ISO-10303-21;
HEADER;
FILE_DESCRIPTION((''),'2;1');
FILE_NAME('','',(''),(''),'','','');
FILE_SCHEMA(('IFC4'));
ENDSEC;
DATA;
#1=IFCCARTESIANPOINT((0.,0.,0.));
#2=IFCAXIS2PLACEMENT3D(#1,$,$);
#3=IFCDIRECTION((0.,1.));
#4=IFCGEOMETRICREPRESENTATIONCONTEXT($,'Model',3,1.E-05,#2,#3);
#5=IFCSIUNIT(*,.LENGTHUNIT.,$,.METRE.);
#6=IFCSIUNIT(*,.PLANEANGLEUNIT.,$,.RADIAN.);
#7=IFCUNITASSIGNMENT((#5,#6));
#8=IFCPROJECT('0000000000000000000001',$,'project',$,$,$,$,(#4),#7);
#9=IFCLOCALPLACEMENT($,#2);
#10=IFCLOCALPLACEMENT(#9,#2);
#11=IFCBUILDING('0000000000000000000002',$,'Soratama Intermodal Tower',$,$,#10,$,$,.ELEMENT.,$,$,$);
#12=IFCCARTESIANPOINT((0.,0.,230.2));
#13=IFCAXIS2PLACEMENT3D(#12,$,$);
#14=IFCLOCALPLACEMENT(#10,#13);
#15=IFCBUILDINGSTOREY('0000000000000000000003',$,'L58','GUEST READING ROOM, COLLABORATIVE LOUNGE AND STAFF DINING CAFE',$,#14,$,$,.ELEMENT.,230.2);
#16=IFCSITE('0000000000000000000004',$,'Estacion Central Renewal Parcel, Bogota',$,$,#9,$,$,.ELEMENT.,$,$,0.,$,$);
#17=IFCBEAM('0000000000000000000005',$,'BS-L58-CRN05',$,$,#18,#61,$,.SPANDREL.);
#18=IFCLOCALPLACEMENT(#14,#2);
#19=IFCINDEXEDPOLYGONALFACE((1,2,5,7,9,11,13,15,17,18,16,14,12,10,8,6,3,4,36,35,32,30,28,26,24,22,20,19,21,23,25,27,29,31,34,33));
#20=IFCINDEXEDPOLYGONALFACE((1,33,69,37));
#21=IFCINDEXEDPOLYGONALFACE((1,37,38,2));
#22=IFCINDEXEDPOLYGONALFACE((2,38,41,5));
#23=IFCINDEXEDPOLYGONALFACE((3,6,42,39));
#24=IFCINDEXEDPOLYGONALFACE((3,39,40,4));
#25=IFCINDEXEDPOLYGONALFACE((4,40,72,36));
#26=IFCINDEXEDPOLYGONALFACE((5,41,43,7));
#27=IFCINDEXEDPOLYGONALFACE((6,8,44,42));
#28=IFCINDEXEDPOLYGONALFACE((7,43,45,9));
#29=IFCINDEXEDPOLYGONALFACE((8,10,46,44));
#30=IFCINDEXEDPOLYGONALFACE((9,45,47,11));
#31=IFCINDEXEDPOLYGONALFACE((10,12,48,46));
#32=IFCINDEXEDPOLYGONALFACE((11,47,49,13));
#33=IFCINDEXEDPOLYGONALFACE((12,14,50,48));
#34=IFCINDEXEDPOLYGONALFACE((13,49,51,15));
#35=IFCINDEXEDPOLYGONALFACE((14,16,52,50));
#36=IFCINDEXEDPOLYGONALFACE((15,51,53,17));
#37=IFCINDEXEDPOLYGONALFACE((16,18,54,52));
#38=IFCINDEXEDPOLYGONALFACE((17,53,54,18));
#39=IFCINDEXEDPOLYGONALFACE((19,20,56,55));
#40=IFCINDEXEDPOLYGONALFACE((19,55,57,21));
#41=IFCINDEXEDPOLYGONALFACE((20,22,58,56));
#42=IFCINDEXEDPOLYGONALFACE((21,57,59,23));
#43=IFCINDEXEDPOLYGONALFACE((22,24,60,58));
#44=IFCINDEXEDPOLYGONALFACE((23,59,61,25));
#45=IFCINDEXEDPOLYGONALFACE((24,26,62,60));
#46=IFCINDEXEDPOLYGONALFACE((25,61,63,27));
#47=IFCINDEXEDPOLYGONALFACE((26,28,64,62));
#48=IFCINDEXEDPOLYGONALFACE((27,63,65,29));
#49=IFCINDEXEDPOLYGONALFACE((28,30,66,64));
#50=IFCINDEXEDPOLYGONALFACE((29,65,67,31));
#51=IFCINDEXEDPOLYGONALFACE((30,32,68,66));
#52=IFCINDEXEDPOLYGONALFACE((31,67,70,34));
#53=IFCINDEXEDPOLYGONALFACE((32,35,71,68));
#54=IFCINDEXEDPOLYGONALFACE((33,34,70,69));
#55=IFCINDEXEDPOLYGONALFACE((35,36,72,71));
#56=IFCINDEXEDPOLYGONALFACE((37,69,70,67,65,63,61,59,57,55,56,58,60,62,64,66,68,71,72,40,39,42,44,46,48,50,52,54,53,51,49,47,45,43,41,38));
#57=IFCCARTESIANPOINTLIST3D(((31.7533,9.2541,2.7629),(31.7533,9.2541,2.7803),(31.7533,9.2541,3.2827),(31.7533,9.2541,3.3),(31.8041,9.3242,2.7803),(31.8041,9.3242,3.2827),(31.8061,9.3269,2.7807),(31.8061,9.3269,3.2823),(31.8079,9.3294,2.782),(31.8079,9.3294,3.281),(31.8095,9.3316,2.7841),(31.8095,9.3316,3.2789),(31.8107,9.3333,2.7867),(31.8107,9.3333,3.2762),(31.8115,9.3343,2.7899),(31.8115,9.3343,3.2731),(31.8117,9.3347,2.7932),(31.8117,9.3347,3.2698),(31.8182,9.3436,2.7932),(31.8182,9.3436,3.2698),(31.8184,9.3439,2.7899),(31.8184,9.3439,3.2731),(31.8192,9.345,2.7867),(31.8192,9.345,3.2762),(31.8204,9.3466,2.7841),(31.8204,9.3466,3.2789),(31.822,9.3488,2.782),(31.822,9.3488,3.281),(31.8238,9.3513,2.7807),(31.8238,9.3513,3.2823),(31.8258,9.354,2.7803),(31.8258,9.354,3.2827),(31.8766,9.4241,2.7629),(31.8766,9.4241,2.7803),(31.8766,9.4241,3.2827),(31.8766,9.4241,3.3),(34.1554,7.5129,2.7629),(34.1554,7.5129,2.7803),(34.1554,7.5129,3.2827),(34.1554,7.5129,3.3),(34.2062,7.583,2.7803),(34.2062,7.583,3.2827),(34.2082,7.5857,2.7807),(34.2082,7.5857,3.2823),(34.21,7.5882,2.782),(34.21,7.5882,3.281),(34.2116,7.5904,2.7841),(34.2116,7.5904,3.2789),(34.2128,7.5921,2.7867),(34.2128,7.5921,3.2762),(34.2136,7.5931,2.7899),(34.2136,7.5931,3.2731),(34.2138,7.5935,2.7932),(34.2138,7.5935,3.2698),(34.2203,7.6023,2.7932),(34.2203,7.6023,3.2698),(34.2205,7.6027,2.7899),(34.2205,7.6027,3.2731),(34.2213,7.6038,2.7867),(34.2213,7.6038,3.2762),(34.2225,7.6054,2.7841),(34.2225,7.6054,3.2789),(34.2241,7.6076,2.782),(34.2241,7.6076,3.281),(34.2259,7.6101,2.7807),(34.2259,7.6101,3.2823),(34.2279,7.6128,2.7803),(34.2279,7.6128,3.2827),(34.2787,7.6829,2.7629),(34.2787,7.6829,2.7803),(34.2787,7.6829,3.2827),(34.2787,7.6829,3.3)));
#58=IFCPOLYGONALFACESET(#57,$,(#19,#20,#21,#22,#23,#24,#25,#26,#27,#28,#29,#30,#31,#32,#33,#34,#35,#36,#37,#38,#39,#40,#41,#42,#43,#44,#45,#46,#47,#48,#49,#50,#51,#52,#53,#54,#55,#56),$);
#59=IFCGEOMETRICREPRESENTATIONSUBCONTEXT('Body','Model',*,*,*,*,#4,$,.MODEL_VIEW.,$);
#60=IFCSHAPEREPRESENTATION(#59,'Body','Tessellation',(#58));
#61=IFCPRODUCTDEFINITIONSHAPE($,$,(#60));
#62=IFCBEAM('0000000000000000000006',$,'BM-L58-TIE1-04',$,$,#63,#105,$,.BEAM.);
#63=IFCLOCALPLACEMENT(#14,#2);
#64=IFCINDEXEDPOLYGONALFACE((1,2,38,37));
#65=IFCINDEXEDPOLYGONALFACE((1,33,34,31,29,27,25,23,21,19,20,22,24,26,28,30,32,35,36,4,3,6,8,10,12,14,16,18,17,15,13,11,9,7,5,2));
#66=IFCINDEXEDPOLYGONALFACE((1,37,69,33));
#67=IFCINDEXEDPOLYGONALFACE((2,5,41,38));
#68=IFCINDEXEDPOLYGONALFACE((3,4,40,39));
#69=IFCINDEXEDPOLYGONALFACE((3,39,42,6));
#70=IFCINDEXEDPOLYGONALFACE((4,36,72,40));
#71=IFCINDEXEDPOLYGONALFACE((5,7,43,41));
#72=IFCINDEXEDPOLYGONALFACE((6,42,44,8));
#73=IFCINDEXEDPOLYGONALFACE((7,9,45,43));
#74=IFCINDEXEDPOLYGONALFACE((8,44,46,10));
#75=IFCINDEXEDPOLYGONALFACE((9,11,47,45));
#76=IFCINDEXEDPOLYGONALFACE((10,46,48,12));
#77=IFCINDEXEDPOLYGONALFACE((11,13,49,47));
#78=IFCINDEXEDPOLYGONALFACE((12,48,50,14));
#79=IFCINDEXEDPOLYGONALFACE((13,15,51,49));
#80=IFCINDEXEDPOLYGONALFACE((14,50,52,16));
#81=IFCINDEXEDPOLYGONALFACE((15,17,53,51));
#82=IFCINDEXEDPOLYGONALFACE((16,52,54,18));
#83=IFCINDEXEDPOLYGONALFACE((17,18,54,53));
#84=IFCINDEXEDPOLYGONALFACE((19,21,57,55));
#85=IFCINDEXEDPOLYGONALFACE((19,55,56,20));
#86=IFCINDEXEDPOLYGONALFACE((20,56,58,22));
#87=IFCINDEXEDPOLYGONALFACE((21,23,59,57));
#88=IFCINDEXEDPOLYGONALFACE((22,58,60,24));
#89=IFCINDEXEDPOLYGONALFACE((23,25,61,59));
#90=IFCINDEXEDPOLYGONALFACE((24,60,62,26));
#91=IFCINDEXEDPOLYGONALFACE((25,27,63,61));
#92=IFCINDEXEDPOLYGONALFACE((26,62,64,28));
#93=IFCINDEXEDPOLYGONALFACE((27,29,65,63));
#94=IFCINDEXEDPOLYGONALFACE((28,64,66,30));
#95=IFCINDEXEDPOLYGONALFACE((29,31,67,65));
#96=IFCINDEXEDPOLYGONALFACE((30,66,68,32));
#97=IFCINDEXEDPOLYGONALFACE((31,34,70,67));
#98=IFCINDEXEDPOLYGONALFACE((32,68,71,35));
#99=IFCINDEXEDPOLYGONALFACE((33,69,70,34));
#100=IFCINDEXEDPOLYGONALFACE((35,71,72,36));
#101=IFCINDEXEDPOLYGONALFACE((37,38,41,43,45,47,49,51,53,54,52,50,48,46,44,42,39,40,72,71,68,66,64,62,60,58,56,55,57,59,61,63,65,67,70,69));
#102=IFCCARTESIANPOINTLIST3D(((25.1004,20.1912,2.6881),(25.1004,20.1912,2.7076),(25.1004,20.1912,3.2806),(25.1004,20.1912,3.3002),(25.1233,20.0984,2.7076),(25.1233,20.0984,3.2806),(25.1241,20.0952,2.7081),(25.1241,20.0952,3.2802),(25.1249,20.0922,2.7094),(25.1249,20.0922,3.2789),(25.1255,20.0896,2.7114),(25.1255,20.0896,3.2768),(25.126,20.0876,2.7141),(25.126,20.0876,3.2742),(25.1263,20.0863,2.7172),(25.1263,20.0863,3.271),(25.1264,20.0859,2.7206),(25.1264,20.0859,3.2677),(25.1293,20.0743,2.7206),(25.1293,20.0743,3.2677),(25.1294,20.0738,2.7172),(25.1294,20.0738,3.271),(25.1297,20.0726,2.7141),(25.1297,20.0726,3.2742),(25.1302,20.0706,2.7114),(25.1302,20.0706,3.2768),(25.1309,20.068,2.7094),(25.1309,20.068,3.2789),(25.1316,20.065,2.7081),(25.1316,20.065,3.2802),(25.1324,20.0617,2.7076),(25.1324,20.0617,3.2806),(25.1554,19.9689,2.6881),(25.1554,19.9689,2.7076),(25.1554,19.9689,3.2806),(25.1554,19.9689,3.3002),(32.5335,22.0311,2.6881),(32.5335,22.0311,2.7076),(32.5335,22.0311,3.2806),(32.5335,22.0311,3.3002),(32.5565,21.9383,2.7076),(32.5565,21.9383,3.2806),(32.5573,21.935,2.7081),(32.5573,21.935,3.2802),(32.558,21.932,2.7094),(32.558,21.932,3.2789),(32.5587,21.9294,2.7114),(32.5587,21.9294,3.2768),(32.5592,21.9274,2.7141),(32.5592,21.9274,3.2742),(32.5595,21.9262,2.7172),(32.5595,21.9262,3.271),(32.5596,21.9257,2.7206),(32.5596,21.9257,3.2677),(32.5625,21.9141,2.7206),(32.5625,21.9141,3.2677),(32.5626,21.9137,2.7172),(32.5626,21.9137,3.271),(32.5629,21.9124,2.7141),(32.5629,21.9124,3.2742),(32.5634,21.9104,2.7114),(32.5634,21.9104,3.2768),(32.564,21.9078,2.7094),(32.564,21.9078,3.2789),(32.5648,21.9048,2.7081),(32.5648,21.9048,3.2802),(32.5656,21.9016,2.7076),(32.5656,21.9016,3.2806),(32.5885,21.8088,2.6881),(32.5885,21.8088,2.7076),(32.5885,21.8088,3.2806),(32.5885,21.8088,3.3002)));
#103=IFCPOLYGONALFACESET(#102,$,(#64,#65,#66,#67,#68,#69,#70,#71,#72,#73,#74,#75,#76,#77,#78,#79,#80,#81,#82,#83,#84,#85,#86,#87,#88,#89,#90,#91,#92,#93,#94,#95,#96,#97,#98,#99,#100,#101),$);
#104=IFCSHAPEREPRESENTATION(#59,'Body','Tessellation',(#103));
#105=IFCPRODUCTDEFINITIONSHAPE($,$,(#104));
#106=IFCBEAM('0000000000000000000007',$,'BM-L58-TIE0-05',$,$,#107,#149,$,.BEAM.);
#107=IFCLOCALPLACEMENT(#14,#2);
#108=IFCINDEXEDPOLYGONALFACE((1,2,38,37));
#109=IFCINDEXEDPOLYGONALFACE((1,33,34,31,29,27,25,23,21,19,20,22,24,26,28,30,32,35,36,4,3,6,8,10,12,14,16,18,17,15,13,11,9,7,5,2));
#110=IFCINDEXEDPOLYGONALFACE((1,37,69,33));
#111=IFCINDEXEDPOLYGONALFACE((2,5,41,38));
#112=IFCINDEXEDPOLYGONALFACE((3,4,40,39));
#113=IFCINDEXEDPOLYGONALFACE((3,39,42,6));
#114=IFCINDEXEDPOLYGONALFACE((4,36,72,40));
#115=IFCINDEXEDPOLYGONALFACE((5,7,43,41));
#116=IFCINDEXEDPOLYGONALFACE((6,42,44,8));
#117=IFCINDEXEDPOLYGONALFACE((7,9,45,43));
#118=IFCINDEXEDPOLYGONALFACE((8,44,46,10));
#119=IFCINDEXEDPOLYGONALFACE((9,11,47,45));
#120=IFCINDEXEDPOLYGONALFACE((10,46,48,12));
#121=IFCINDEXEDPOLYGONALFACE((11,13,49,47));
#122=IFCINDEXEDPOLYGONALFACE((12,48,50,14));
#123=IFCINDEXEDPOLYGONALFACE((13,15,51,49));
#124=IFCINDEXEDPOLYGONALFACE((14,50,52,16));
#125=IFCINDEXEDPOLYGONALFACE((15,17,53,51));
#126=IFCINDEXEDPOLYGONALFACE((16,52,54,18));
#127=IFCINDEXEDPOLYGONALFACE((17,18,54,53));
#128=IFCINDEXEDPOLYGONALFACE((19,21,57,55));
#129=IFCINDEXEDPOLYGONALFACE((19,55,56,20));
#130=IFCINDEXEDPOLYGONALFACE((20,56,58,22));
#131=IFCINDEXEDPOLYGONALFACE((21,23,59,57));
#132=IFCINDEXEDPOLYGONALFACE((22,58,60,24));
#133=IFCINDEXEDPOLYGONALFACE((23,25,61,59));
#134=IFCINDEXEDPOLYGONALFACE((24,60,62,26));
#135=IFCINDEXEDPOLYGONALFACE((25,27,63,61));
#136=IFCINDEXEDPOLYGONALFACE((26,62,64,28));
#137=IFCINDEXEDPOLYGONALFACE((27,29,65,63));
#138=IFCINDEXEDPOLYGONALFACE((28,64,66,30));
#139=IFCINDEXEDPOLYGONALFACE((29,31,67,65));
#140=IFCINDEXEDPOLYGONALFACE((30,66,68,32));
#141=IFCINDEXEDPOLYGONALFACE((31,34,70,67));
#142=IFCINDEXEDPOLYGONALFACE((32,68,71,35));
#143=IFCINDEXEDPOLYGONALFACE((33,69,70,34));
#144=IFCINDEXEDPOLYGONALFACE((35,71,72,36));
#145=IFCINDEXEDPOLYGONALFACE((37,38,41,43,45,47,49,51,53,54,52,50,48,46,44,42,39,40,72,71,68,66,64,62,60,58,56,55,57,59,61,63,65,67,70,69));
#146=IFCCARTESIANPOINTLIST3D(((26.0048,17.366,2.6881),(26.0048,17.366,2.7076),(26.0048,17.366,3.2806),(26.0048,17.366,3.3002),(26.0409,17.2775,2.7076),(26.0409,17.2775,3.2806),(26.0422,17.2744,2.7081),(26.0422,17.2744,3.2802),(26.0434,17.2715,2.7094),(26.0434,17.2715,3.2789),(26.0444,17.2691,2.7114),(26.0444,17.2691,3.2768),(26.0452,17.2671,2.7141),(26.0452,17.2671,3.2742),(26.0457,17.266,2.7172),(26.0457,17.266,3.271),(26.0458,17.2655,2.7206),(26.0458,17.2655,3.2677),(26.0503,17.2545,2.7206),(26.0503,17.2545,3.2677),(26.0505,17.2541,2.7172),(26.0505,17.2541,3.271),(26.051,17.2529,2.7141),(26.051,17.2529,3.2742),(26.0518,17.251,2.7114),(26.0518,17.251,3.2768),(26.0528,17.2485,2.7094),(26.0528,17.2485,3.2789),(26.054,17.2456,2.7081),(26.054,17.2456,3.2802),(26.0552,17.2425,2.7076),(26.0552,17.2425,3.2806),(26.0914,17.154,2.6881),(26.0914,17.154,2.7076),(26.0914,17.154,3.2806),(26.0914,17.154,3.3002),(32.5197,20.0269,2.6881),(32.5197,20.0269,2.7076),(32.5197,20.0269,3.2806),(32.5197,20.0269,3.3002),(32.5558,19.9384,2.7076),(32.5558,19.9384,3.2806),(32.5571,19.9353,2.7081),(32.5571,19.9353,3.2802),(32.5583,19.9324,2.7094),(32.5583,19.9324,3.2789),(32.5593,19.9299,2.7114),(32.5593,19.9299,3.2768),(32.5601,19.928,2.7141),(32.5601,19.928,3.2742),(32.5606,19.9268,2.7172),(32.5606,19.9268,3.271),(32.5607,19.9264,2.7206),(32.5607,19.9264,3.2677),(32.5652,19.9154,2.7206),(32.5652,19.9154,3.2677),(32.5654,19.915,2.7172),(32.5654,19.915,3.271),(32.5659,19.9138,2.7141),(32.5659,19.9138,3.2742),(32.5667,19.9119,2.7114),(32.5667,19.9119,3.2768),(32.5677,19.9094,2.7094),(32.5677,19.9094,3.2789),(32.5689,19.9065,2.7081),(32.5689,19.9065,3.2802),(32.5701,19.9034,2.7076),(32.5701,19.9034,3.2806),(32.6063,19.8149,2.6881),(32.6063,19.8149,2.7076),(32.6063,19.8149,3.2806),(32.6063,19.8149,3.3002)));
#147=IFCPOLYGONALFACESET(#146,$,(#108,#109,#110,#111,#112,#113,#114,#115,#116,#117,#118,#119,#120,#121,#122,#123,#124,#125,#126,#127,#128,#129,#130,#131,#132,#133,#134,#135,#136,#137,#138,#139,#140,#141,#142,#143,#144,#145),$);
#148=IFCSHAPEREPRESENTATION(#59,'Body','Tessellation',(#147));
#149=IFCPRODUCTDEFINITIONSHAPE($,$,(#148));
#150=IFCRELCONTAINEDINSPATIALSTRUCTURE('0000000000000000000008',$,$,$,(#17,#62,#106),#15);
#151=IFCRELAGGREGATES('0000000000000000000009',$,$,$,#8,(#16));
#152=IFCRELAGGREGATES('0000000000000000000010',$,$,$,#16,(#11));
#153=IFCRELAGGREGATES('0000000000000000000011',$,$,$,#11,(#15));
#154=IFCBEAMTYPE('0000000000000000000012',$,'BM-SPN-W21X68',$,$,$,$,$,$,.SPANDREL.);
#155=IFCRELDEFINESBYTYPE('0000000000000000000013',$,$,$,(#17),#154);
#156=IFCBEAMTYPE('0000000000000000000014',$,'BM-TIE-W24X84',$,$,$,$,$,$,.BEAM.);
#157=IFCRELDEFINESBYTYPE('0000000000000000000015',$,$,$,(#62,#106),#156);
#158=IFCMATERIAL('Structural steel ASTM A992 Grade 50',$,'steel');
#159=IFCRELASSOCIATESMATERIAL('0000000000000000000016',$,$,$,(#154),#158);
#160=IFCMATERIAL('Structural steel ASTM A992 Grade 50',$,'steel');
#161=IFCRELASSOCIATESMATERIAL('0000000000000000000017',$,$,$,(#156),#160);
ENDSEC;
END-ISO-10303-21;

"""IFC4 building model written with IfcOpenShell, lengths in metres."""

from ifc_helpers import new_model, si_unit, direction, frame, origin, origin_2d, place, context, subcontext, project, spatial, i_section, extrude, material, material_profile, profile_set, type_object, element, save


model = new_model("IFC4")

# Units and contexts
model_context = context("Model", 3, precision=1e-05, world=origin(), true_north=direction((0.0, 1.0)))
body_context = subcontext(model_context, "Body", "Model", "MODEL_VIEW")
ifc_project = project(units=[si_unit("LENGTHUNIT", "METRE"), si_unit("PLANEANGLEUNIT", "RADIAN")], contexts=[model_context])

# Site, building, storey
site_placement = place(None, origin())
site = spatial("IfcSite", under=ifc_project, at=site_placement, Name="Estacion Central Renewal Parcel, Bogota", CompositionType="ELEMENT", RefElevation=0.0)
building_placement = place(site_placement, origin())
building = spatial("IfcBuilding", under=site, at=building_placement, Name="Soratama Intermodal Tower", CompositionType="ELEMENT")
storey_placement = place(building_placement, frame((0.0, 0.0, 230.2)))
storey = spatial("IfcBuildingStorey", under=building, at=storey_placement, Name="L58", Description="GUEST READING ROOM, COLLABORATIVE LOUNGE AND STAFF DINING CAFE", CompositionType="ELEMENT", Elevation=230.2)

# Beams
ifc_material_1 = material(Name="Structural steel ASTM A992 Grade 50", Category="steel")
ifc_material_profile_1 = material_profile(ifc_material_1, i_section(OverallWidth=0.21, OverallDepth=0.5371, WebThickness=0.011, FlangeThickness=0.0173, FilletRadius=0.0129, at=origin_2d()), Name="W21X68")
ifc_profile_set_1 = profile_set([ifc_material_profile_1], Name="Structural steel ASTM A992 Grade 50")
beam_type_1 = type_object("IfcBeamType", Name="BM-SPN-W21X68", PredefinedType="SPANDREL", material=ifc_profile_set_1)
beam_1_placement = place(storey_placement, frame((31.8149, 9.3391, 3.0315), z_axis=(0.80966, -0.586899, 0.0), x_axis=(0.586899, 0.80966, 0.0)))
element("IfcBeam", 1, at=beam_1_placement, inside=storey, type_object=beam_type_1, Name="BS-L58-CRN05", PredefinedType="SPANDREL", context=body_context, shape_type="SweptSolid", body=[
    extrude(i_section(OverallWidth=0.21, OverallDepth=0.5371, WebThickness=0.011, FlangeThickness=0.0173, FilletRadius=0.0129, at=origin_2d()), origin(), (0.0, 0.0, 1.0), 2.9668),
])
ifc_material_2 = material(Name="Structural steel ASTM A992 Grade 50", Category="steel")
ifc_material_profile_2 = material_profile(ifc_material_2, i_section(OverallWidth=0.229, OverallDepth=0.6121, WebThickness=0.012, FlangeThickness=0.0195, FilletRadius=0.0129, at=origin_2d()), Name="W24X84")
ifc_profile_set_2 = profile_set([ifc_material_profile_2], Name="Structural steel ASTM A992 Grade 50")
beam_type_2 = type_object("IfcBeamType", Name="BM-TIE-W24X84", PredefinedType="BEAM", material=ifc_profile_set_2)
beam_2_placement = place(storey_placement, frame((32.561, 21.9199, 2.9941), z_axis=(-0.970706, -0.240269, 0.0), x_axis=(0.240269, -0.970706, 0.0)))
element("IfcBeam", 2, at=beam_2_placement, inside=storey, type_object=beam_type_2, Name="BM-L58-TIE1-04", PredefinedType="BEAM", context=body_context, shape_type="SweptSolid", body=[
    extrude(i_section(OverallWidth=0.229, OverallDepth=0.6121, WebThickness=0.012, FlangeThickness=0.0195, FilletRadius=0.0129, at=origin_2d()), origin(), (0.0, 0.0, 1.0), 7.6575),
])
beam_3_placement = place(storey_placement, frame((32.563, 19.9209, 2.9941), z_axis=(-0.925761, -0.37811, 0.0), x_axis=(0.37811, -0.925761, 0.0)))
element("IfcBeam", 3, at=beam_3_placement, inside=storey, type_object=beam_type_2, Name="BM-L58-TIE0-05", PredefinedType="BEAM", context=body_context, shape_type="SweptSolid", body=[
    extrude(i_section(OverallWidth=0.229, OverallDepth=0.6121, WebThickness=0.012, FlangeThickness=0.0195, FilletRadius=0.0129, at=origin_2d()), origin(), (0.0, 0.0, 1.0), 7.0374),
])

save(model, "model.ifc")
